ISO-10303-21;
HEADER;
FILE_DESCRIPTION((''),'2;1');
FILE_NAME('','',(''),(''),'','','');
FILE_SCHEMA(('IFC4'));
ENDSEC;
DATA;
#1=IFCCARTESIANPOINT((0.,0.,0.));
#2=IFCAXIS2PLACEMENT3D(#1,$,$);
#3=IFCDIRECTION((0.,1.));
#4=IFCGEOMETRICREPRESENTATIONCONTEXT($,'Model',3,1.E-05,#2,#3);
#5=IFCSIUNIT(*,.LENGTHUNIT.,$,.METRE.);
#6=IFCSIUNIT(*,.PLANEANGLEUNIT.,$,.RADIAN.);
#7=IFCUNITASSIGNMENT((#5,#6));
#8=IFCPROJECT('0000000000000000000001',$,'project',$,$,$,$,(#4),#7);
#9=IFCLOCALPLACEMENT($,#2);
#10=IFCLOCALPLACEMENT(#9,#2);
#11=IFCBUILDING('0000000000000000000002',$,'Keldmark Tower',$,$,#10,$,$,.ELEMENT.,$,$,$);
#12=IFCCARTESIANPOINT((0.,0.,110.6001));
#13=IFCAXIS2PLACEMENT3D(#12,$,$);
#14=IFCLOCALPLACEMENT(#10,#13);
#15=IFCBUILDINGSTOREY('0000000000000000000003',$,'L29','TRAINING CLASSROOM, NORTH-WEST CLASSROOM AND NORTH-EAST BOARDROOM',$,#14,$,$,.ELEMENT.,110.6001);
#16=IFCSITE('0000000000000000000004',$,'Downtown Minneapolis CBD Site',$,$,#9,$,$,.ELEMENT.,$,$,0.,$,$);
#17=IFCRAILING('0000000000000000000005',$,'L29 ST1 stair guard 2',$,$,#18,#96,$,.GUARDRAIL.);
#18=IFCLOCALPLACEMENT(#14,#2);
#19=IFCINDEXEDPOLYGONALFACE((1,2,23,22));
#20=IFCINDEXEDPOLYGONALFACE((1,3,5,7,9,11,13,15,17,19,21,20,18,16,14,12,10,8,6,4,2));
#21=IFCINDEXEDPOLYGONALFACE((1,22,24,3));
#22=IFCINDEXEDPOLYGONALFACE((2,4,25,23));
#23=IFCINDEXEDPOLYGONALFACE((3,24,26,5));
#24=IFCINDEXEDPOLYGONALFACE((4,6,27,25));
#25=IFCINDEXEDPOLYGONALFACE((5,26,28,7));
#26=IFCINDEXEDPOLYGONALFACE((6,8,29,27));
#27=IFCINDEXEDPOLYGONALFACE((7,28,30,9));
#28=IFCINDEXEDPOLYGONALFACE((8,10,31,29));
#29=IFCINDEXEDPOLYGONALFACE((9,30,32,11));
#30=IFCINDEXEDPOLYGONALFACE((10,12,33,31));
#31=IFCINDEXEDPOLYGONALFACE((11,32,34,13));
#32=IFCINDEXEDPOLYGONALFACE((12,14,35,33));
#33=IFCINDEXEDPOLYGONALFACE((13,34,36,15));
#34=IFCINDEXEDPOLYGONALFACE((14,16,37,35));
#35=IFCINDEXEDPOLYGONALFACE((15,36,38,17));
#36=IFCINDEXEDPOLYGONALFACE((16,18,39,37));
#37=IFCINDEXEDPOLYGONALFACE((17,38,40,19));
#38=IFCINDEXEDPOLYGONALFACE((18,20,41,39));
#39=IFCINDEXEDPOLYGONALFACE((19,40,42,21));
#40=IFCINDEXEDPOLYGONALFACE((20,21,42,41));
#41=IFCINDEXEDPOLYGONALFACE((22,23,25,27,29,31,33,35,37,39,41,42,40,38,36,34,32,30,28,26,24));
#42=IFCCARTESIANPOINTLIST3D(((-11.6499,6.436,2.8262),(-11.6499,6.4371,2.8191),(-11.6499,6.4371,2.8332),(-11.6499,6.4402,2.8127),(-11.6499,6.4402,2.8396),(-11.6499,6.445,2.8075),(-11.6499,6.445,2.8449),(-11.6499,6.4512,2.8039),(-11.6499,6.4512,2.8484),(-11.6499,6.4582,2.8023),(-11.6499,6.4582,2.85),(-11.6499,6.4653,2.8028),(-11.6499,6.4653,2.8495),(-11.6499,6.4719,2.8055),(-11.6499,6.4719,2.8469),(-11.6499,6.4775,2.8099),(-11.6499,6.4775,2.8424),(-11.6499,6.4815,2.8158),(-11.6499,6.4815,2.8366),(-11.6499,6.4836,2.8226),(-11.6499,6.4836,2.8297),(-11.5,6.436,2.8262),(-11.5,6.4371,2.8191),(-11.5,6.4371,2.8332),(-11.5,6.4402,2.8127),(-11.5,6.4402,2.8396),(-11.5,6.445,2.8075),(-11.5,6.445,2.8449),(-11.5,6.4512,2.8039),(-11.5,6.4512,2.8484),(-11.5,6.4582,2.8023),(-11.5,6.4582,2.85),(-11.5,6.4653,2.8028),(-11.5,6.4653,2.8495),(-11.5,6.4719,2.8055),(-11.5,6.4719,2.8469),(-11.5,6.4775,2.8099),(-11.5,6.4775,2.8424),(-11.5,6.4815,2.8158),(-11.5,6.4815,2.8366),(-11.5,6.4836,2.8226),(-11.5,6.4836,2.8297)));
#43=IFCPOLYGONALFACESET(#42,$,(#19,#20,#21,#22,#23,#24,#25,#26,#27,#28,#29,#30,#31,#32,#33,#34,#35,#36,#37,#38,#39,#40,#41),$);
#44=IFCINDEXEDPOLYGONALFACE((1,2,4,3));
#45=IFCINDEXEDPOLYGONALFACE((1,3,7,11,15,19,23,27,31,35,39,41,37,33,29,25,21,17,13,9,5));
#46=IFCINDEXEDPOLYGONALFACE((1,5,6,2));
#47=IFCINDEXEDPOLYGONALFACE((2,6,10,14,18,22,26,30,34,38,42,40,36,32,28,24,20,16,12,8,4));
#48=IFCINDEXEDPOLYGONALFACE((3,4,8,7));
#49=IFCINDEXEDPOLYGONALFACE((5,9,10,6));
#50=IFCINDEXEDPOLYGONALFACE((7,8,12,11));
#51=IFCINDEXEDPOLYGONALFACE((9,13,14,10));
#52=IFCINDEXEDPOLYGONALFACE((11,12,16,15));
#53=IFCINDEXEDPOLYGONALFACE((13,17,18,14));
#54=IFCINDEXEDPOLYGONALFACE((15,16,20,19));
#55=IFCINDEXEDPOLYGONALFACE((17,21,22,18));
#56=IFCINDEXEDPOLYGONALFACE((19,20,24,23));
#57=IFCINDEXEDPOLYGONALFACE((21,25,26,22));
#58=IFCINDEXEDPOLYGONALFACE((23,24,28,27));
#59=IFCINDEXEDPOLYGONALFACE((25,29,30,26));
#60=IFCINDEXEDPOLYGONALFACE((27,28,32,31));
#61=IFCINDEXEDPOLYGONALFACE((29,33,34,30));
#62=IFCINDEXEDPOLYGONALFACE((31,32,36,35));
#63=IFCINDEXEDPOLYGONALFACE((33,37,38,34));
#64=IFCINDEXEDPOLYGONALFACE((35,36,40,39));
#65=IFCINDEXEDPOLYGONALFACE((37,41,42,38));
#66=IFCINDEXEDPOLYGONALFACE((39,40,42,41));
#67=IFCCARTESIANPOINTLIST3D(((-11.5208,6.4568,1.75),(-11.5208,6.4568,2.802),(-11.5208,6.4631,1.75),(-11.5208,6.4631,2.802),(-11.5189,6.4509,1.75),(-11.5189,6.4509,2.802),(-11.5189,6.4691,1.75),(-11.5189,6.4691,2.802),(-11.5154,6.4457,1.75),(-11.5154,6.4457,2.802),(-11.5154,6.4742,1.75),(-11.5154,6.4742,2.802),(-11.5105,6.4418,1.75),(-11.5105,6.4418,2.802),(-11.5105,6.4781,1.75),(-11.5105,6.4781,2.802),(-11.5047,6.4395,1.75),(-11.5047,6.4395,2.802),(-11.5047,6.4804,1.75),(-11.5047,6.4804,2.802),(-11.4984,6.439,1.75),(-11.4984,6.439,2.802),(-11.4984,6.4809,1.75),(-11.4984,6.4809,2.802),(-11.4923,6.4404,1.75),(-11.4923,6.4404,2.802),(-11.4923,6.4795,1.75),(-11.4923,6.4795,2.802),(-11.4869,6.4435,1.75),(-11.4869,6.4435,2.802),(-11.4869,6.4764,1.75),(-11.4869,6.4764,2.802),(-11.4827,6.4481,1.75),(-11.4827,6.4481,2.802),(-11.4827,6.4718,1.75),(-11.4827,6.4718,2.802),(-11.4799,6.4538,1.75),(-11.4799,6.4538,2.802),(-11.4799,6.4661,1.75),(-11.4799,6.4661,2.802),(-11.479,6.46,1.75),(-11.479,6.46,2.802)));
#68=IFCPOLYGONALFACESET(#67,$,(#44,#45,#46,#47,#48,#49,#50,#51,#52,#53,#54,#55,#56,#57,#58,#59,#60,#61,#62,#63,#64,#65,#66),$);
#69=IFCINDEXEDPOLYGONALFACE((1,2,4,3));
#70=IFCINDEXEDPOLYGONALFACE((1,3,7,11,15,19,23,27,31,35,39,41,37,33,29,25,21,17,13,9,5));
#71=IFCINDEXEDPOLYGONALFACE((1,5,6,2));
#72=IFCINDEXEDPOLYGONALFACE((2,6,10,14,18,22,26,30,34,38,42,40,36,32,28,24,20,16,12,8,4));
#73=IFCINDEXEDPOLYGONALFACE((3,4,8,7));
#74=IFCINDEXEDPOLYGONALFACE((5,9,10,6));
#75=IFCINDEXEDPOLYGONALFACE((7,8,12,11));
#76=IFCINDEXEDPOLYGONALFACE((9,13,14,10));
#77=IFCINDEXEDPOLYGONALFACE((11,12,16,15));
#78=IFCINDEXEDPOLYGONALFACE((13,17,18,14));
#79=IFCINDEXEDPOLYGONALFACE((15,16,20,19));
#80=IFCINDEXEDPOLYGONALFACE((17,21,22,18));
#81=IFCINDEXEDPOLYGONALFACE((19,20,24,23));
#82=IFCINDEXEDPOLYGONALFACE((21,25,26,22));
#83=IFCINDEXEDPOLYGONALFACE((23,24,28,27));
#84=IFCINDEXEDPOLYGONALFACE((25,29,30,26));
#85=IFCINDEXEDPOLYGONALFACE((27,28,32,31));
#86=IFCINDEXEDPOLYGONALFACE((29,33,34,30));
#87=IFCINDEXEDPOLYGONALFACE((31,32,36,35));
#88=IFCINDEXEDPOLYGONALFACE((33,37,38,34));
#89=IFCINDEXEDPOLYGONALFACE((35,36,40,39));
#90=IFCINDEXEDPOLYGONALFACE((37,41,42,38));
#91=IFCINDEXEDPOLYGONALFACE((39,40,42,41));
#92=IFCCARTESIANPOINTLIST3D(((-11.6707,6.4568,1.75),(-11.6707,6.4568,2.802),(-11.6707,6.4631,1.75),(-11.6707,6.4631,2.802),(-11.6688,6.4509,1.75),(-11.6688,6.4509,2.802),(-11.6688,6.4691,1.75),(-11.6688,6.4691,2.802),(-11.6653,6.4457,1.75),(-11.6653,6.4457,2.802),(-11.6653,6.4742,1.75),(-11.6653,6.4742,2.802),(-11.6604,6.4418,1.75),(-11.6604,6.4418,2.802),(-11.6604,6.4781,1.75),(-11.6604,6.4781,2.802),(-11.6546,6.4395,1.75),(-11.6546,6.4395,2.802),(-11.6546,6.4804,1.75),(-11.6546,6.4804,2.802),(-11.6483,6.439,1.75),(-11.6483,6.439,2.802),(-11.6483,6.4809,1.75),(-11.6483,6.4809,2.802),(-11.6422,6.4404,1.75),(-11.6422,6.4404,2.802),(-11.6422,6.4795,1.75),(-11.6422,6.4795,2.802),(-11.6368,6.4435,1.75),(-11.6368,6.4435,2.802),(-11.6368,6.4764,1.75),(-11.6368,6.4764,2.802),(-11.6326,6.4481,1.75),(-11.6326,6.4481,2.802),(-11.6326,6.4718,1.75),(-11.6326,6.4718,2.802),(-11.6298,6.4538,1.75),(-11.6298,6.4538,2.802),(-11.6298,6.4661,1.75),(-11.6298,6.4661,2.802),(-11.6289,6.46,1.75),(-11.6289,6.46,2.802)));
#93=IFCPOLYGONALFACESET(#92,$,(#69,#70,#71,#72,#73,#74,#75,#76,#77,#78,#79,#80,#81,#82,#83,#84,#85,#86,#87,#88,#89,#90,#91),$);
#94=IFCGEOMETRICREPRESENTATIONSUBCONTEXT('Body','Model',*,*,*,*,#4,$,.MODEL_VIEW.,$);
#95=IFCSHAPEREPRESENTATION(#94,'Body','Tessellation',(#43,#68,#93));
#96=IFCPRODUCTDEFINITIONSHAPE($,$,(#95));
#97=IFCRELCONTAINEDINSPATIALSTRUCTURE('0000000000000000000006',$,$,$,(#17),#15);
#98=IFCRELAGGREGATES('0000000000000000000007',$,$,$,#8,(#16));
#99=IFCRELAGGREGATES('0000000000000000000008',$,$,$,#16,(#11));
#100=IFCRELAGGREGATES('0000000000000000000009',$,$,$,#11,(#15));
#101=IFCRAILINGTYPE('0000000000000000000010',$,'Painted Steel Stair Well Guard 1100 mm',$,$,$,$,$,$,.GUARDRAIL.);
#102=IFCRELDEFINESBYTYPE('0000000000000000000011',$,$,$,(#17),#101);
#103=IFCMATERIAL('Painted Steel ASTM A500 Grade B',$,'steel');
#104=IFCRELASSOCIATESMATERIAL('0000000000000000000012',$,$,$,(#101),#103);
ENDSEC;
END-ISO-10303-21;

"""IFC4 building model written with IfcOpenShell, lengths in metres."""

from ifc_helpers import new_model, si_unit, direction, frame, origin, origin_2d, place, context, subcontext, project, spatial, circle, extrude, material, type_object, element, save


model = new_model("IFC4")

# Units and contexts
model_context = context("Model", 3, precision=1e-05, world=origin(), true_north=direction((0.0, 1.0)))
body_context = subcontext(model_context, "Body", "Model", "MODEL_VIEW")
ifc_project = project(units=[si_unit("LENGTHUNIT", "METRE"), si_unit("PLANEANGLEUNIT", "RADIAN")], contexts=[model_context])

# Site, building, storey
site_placement = place(None, origin())
site = spatial("IfcSite", under=ifc_project, at=site_placement, Name="Downtown Minneapolis CBD Site", CompositionType="ELEMENT", RefElevation=0.0)
building_placement = place(site_placement, origin())
building = spatial("IfcBuilding", under=site, at=building_placement, Name="Keldmark Tower", CompositionType="ELEMENT")
storey_placement = place(building_placement, frame((0.0, 0.0, 110.6001)))
storey = spatial("IfcBuildingStorey", under=building, at=storey_placement, Name="L29", Description="TRAINING CLASSROOM, NORTH-WEST CLASSROOM AND NORTH-EAST BOARDROOM", CompositionType="ELEMENT", Elevation=110.6001)

# Railing
ifc_material_1 = material(Name="Painted Steel ASTM A500 Grade B", Category="steel")
railing_type_1 = type_object("IfcRailingType", Name="Painted Steel Stair Well Guard 1100 mm", PredefinedType="GUARDRAIL", material=ifc_material_1)
railing_1_placement = place(storey_placement, frame((-11.5, 6.46, 1.75)))
element("IfcRailing", 1, at=railing_1_placement, inside=storey, type_object=railing_type_1, Name="L29 ST1 stair guard 2", PredefinedType="GUARDRAIL", context=body_context, shape_type="SweptSolid", body=[
    extrude(circle(Radius=0.0239, at=origin_2d()), frame((0.0, 0.0, 1.0762), z_axis=(-1.0, 0.0, 0.0), x_axis=(0.0, -1.0, 0.0)), (0.0, 0.0, 1.0), 0.1499),
    extrude(circle(Radius=0.021, at=origin_2d()), origin(), (0.0, 0.0, 1.0), 1.052),
    extrude(circle(Radius=0.021, at=origin_2d()), frame((-0.1499, 0.0, 0.0)), (0.0, 0.0, 1.0), 1.052),
])

save(model, "model.ifc")
